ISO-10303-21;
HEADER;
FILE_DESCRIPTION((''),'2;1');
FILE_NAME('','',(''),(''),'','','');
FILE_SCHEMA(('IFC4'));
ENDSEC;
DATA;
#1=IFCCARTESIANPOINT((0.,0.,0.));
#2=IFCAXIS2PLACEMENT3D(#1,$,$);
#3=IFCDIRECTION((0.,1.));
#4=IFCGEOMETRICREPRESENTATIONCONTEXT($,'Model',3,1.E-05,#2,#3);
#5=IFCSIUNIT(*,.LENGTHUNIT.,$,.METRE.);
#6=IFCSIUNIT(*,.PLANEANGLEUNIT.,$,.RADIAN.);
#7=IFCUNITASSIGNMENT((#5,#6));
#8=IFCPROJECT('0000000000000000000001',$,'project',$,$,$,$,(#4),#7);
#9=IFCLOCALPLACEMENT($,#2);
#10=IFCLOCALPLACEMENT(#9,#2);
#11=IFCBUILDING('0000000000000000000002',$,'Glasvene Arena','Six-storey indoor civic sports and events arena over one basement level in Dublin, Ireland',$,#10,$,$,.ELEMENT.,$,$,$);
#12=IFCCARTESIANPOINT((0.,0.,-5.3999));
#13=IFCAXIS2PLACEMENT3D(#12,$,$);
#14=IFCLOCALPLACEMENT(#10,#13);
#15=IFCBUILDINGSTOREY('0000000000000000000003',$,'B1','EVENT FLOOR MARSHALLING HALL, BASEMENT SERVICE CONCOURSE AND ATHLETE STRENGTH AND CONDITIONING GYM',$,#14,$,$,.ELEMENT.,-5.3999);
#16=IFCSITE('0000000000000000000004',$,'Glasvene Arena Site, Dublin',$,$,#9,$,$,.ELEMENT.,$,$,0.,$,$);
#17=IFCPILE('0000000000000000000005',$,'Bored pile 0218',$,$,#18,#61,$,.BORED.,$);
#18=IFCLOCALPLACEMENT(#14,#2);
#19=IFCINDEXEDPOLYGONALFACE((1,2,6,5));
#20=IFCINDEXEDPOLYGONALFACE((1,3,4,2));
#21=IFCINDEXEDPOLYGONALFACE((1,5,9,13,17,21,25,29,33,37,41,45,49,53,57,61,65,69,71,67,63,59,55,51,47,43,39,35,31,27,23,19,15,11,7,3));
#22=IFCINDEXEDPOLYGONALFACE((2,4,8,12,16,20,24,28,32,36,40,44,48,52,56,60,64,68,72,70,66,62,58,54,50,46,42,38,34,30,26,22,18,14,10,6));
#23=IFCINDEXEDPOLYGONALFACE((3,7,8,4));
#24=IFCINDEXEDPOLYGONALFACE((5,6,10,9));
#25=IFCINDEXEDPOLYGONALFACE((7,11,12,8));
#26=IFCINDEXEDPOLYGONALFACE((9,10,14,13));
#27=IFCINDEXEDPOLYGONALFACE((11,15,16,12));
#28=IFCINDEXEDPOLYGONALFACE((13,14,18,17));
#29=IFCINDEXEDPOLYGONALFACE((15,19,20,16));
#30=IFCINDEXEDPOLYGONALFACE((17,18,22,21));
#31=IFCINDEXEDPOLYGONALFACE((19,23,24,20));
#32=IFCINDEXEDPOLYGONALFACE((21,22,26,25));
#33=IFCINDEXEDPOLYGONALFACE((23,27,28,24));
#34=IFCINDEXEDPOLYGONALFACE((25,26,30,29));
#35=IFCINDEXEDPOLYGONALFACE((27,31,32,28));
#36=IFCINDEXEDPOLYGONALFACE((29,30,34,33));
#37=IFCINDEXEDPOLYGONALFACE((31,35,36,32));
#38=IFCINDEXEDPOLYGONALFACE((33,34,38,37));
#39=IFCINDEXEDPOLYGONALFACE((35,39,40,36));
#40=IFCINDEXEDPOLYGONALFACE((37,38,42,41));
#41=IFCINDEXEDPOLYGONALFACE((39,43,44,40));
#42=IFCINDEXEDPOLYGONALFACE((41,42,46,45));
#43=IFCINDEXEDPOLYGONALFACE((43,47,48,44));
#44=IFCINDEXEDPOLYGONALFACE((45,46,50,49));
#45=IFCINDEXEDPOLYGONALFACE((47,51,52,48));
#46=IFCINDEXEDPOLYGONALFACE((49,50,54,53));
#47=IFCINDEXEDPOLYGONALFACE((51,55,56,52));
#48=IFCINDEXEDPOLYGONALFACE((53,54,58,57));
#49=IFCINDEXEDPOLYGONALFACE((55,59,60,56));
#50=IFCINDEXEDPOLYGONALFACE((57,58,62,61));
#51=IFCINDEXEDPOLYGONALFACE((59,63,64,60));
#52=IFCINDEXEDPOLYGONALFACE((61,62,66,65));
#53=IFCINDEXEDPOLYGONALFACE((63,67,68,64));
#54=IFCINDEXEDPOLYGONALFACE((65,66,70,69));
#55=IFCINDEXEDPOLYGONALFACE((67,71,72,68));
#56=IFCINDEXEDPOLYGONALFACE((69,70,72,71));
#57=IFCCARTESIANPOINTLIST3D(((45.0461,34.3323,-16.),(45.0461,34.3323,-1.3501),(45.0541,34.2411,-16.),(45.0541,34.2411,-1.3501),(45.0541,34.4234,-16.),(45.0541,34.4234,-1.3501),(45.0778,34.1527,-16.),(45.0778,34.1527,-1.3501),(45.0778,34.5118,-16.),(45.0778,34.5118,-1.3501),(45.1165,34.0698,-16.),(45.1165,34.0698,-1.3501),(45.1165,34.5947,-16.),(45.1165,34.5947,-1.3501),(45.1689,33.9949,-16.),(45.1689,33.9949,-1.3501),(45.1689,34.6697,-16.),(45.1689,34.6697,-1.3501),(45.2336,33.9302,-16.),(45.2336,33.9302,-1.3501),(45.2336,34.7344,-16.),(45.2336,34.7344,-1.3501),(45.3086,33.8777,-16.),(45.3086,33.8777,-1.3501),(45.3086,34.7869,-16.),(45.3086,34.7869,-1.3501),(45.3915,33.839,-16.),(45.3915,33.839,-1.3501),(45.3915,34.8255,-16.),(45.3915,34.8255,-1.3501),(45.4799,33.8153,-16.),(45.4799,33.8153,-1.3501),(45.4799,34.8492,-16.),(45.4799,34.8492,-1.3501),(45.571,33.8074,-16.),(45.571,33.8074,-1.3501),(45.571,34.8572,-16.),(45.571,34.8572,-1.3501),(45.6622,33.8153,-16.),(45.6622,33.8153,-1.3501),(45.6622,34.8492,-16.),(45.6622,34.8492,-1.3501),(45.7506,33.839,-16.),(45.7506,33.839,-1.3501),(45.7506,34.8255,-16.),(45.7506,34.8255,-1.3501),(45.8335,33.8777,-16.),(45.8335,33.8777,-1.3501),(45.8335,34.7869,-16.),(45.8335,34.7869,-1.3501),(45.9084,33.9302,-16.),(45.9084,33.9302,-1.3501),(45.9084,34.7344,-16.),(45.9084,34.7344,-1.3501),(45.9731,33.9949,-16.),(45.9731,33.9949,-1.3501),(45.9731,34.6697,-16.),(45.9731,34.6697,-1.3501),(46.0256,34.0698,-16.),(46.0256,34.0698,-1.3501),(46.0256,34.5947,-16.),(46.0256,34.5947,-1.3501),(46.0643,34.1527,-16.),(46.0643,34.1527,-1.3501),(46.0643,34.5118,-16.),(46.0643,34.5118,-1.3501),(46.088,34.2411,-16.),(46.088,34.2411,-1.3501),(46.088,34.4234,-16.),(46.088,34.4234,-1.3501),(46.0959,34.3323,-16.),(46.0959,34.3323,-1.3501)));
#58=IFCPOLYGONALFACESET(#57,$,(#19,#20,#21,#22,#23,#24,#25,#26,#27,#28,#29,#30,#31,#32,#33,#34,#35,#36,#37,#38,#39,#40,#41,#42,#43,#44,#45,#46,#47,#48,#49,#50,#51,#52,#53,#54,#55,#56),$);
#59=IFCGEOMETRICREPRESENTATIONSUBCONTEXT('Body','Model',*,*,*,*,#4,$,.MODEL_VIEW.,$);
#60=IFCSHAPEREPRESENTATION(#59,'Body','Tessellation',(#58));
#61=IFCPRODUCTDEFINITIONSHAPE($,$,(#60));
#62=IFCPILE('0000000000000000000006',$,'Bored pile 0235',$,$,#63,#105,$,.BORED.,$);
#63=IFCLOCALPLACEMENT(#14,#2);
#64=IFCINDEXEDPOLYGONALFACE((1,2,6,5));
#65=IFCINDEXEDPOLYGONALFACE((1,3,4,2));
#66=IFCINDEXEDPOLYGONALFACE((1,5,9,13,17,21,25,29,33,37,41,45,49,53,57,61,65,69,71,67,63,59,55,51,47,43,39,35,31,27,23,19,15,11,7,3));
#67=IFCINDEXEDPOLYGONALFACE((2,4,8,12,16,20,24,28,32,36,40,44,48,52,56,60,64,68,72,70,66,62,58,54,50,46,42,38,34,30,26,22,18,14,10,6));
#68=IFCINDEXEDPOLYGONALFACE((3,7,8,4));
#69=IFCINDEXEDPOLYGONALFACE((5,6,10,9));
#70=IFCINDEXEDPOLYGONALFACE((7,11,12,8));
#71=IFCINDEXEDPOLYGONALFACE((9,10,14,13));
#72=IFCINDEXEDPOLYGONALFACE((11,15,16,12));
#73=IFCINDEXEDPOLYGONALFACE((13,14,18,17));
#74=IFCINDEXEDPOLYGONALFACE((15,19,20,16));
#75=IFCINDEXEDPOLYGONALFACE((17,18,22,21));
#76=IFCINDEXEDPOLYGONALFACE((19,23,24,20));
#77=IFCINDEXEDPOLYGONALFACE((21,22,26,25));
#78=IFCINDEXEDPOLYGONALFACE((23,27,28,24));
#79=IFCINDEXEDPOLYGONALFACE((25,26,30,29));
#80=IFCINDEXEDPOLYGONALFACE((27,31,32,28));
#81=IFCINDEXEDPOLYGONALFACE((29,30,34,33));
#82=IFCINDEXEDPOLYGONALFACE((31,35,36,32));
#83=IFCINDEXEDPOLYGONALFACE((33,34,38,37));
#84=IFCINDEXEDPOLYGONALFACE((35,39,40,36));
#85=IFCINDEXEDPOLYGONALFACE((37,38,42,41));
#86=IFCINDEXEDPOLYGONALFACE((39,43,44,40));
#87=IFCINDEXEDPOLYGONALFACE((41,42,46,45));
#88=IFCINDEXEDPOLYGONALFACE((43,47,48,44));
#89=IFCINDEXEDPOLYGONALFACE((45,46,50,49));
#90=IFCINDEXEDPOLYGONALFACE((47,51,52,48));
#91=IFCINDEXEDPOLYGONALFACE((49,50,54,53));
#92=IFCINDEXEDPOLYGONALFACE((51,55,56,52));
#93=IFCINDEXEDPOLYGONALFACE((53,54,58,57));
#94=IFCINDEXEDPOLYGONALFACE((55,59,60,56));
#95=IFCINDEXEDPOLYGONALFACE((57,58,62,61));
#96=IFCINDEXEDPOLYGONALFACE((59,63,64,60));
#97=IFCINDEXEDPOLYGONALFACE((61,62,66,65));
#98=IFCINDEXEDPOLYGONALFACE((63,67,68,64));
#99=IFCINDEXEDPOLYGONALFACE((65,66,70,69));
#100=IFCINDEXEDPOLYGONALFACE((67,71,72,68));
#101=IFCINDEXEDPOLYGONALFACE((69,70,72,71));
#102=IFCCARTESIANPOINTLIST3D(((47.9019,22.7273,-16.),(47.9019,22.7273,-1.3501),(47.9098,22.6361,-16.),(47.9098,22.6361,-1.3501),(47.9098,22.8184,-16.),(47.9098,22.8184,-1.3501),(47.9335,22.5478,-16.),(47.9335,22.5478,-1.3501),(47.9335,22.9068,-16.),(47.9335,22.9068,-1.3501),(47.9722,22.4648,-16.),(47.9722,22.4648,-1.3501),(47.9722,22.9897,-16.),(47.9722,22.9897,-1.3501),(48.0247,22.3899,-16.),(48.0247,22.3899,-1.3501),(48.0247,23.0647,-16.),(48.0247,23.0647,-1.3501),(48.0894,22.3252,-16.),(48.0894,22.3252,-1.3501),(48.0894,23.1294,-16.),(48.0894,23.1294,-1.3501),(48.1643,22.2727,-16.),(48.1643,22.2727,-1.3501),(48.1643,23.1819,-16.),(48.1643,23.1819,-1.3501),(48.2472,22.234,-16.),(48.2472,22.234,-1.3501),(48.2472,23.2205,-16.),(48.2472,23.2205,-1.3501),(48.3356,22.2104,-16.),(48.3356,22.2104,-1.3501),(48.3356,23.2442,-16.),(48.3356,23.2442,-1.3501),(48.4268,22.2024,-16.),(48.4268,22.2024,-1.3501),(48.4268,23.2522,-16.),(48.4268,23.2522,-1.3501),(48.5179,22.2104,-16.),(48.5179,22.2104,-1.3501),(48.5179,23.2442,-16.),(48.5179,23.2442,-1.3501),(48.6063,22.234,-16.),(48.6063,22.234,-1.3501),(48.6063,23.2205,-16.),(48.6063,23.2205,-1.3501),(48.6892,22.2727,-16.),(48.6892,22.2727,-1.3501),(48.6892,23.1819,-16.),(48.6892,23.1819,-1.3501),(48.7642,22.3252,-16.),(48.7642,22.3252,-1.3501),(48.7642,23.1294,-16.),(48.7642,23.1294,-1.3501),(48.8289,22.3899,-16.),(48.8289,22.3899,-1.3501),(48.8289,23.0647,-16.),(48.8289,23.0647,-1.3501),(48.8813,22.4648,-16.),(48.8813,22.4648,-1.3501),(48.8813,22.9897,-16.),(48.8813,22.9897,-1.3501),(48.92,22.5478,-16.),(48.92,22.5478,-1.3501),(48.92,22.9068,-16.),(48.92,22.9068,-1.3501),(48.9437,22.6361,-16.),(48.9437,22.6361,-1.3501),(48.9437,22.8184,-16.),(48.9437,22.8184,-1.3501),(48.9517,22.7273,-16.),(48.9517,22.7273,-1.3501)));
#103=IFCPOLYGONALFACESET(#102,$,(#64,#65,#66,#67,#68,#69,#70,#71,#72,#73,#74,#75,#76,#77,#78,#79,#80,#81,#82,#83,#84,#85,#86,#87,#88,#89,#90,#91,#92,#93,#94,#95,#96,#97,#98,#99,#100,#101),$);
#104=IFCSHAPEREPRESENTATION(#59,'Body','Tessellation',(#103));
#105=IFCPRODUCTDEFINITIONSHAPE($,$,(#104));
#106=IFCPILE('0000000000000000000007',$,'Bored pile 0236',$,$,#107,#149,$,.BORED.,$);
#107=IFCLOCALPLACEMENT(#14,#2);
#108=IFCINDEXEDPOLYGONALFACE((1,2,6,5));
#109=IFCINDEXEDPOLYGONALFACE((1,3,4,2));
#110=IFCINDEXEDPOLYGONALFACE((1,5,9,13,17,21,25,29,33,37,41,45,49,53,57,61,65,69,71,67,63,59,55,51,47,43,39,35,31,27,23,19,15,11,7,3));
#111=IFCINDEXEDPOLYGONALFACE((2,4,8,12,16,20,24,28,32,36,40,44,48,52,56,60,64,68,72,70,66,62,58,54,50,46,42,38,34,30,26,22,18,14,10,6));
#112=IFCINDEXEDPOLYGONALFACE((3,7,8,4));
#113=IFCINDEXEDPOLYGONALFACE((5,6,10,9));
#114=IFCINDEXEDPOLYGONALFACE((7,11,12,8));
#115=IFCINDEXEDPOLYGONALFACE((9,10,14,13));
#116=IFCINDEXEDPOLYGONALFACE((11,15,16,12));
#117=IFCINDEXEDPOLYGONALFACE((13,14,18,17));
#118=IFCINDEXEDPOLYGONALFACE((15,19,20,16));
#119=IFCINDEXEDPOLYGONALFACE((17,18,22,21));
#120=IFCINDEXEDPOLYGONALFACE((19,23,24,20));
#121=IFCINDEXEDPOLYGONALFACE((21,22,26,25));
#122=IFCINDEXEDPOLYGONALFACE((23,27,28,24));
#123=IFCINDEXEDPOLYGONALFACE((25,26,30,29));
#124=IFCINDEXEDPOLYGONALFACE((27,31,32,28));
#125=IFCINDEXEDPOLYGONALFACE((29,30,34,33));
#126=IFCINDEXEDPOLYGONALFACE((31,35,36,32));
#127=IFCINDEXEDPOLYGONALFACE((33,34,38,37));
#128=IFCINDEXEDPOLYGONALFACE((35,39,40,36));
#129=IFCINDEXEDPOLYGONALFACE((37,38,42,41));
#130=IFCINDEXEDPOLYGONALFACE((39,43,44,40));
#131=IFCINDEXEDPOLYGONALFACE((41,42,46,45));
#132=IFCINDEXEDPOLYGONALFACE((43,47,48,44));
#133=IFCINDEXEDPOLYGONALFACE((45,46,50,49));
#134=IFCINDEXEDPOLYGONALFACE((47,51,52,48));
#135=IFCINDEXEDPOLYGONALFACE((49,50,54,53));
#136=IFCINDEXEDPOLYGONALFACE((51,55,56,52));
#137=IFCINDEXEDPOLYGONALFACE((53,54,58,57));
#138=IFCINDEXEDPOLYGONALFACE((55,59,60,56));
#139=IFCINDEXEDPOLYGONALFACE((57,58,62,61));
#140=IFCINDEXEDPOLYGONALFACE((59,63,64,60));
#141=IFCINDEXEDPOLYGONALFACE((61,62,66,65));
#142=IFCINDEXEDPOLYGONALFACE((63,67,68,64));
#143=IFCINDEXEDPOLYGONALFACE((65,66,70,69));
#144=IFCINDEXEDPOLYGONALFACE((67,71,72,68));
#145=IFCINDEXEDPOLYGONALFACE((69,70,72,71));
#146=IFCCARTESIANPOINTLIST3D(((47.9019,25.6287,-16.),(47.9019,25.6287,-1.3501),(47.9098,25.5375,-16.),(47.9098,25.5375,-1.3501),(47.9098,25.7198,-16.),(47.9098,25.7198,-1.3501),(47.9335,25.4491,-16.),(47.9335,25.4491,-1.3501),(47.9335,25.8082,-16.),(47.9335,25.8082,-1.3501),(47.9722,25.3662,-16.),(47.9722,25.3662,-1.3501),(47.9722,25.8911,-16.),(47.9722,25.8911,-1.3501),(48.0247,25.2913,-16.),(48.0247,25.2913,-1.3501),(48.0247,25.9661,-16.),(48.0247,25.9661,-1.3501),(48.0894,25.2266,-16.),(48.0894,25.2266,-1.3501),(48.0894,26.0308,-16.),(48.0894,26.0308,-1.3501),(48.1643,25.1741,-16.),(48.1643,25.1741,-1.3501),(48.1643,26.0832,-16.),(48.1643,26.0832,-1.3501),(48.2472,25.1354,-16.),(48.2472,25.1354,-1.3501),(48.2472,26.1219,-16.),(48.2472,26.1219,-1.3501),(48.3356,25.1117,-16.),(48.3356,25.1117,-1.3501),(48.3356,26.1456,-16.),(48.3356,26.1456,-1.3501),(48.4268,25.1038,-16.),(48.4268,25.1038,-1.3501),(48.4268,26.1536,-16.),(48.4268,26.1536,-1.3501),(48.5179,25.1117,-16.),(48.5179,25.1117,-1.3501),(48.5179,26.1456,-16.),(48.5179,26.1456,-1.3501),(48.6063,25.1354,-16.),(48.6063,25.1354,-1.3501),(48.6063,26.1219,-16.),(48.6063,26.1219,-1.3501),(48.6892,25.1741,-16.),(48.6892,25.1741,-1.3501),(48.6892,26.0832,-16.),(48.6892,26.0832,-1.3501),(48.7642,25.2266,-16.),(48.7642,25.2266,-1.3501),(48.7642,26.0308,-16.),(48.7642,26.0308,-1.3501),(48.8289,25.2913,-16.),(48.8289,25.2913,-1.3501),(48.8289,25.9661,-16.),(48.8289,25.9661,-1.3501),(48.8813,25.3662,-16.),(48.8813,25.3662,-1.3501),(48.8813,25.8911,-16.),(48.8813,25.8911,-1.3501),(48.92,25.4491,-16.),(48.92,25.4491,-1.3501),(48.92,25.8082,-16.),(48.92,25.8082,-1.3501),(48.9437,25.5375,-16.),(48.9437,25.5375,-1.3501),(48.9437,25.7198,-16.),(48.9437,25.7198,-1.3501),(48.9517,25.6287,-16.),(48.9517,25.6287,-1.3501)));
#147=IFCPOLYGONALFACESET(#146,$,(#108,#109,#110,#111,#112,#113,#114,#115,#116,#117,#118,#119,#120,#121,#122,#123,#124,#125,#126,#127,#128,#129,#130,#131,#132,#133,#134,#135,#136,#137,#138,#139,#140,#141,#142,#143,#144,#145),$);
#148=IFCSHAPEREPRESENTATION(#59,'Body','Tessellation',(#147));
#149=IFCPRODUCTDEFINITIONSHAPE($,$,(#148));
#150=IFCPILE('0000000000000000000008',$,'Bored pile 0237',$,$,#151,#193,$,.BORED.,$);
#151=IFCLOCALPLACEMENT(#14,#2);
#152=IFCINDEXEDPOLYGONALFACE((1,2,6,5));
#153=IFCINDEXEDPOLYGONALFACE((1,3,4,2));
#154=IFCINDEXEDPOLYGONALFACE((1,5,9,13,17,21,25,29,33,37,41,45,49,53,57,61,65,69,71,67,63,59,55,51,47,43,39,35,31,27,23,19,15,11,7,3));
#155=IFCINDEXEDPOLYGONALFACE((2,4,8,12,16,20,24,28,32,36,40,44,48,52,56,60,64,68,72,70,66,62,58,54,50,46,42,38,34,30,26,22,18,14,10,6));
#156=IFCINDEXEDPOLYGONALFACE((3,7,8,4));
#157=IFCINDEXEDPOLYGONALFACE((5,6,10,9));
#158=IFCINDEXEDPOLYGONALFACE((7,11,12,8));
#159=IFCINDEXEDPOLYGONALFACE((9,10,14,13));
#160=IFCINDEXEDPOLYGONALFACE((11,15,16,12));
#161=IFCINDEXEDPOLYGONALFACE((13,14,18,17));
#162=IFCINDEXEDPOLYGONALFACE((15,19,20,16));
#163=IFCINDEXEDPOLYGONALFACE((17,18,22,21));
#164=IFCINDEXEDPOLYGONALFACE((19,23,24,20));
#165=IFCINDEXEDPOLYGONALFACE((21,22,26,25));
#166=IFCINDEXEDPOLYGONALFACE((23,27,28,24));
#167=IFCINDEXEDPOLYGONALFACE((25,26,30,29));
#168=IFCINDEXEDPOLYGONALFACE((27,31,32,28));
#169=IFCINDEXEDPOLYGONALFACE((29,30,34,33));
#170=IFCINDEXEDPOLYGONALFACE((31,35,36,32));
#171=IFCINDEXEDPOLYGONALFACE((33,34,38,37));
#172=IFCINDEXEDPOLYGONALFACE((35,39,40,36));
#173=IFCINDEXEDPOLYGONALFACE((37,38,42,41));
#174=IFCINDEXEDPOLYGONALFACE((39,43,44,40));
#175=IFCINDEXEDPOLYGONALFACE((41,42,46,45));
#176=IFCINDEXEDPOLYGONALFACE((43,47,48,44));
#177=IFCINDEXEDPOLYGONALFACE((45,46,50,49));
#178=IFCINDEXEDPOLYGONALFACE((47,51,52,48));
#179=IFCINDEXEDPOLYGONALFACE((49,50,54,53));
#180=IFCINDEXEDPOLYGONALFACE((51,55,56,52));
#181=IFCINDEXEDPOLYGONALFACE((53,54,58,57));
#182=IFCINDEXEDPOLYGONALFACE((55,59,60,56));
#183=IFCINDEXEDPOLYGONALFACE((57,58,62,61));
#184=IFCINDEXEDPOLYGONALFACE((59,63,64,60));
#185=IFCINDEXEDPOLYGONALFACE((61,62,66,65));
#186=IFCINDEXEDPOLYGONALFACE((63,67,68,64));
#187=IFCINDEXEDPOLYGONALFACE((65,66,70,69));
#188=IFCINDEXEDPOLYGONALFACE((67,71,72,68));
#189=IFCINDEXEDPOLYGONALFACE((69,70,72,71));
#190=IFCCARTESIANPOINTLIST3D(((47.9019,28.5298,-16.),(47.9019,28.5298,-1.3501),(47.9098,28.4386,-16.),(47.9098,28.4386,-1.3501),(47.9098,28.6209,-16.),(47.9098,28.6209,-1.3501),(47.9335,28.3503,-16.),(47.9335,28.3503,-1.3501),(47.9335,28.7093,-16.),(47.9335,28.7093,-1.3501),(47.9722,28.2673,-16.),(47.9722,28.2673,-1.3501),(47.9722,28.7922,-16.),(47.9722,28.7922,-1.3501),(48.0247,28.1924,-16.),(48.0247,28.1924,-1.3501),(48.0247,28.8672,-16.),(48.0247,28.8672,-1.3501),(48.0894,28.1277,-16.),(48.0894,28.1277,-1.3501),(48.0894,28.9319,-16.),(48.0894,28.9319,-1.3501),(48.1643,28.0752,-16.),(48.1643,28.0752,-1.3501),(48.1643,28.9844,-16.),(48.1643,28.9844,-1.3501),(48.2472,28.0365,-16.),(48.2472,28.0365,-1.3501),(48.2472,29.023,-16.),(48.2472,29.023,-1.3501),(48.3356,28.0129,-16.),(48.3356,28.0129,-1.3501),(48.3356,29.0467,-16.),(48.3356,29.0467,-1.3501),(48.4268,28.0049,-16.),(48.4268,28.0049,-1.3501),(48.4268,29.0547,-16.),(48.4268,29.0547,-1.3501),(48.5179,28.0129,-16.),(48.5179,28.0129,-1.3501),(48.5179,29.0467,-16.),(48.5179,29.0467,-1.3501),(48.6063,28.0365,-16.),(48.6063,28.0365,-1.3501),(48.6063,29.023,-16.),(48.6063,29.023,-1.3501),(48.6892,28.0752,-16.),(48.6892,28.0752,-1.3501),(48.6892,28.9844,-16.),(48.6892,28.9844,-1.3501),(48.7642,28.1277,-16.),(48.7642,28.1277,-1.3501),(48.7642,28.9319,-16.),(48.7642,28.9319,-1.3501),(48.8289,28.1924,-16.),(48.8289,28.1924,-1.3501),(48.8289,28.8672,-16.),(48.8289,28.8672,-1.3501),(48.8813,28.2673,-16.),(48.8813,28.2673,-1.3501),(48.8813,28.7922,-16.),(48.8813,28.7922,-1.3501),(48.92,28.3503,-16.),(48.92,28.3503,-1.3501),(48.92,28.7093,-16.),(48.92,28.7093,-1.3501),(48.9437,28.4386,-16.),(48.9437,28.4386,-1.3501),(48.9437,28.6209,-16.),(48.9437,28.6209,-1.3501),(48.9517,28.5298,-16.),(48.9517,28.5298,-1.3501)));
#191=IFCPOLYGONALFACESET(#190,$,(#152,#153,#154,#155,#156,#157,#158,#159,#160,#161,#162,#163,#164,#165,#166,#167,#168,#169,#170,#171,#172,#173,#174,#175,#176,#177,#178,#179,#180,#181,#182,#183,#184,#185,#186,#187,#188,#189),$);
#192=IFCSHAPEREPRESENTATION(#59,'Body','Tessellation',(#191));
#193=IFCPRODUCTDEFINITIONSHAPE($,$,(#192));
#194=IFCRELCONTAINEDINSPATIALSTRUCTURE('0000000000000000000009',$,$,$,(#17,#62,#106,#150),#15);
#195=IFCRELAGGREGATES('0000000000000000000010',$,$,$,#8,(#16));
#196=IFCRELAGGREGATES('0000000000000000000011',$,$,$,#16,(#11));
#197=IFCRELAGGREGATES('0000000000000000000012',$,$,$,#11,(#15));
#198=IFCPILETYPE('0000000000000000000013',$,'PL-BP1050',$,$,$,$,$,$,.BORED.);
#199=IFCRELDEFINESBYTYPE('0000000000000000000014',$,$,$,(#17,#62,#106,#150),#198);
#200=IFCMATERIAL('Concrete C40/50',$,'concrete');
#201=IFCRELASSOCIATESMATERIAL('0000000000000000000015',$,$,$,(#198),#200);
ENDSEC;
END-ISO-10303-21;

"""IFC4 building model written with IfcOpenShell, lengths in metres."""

from ifc_helpers import new_model, si_unit, direction, frame, origin, origin_2d, place, context, subcontext, project, spatial, circle, extrude, material, material_profile, profile_set, type_object, element, save


model = new_model("IFC4")

# Units and contexts
model_context = context("Model", 3, precision=1e-05, world=origin(), true_north=direction((0.0, 1.0)))
body_context = subcontext(model_context, "Body", "Model", "MODEL_VIEW")
ifc_project = project(units=[si_unit("LENGTHUNIT", "METRE"), si_unit("PLANEANGLEUNIT", "RADIAN")], contexts=[model_context])

# Site, building, storey
site_placement = place(None, origin())
site = spatial("IfcSite", under=ifc_project, at=site_placement, Name="Glasvene Arena Site, Dublin", CompositionType="ELEMENT", RefElevation=0.0)
building_placement = place(site_placement, origin())
building = spatial("IfcBuilding", under=site, at=building_placement, Name="Glasvene Arena", Description="Six-storey indoor civic sports and events arena over one basement level in Dublin, Ireland", CompositionType="ELEMENT")
storey_placement = place(building_placement, frame((0.0, 0.0, -5.3999)))
storey = spatial("IfcBuildingStorey", under=building, at=storey_placement, Name="B1", Description="EVENT FLOOR MARSHALLING HALL, BASEMENT SERVICE CONCOURSE AND ATHLETE STRENGTH AND CONDITIONING GYM", CompositionType="ELEMENT", Elevation=-5.3999)

# Piles
ifc_material_1 = material(Name="Concrete C40/50", Category="concrete")
ifc_material_profile_1 = material_profile(ifc_material_1, circle(Radius=0.5249, at=origin_2d()), Name="BORED PILE 1050")
ifc_profile_set_1 = profile_set([ifc_material_profile_1], Name="Concrete C40/50")
pile_type = type_object("IfcPileType", Name="PL-BP1050", PredefinedType="BORED", material=ifc_profile_set_1)
for number, where, z_axis, x_axis, name in (
    (1, (45.571, 34.3323, -1.3501), (0.0, 0.0, -1.0), (1.0, 0.0, 0.0), "Bored pile 0218"),
    (2, (48.4268, 22.7273, -1.3501), (0.0, 0.0, -1.0), (1.0, 0.0, 0.0), "Bored pile 0235"),
    (3, (48.4268, 25.6287, -1.3501), (0.0, 0.0, -1.0), (1.0, 0.0, 0.0), "Bored pile 0236"),
    (4, (48.4268, 28.5298, -1.3501), (0.0, 0.0, -1.0), (1.0, 0.0, 0.0), "Bored pile 0237"),
):
    element("IfcPile", number, at=place(storey_placement, frame(where, z_axis=z_axis, x_axis=x_axis)), inside=storey, type_object=pile_type, Name=name, PredefinedType="BORED", context=body_context, shape_type="SweptSolid", body=[
        extrude(circle(Radius=0.5249, at=origin_2d()), origin(), (0.0, 0.0, 1.0), 14.6499),
    ])

save(model, "model.ifc")
